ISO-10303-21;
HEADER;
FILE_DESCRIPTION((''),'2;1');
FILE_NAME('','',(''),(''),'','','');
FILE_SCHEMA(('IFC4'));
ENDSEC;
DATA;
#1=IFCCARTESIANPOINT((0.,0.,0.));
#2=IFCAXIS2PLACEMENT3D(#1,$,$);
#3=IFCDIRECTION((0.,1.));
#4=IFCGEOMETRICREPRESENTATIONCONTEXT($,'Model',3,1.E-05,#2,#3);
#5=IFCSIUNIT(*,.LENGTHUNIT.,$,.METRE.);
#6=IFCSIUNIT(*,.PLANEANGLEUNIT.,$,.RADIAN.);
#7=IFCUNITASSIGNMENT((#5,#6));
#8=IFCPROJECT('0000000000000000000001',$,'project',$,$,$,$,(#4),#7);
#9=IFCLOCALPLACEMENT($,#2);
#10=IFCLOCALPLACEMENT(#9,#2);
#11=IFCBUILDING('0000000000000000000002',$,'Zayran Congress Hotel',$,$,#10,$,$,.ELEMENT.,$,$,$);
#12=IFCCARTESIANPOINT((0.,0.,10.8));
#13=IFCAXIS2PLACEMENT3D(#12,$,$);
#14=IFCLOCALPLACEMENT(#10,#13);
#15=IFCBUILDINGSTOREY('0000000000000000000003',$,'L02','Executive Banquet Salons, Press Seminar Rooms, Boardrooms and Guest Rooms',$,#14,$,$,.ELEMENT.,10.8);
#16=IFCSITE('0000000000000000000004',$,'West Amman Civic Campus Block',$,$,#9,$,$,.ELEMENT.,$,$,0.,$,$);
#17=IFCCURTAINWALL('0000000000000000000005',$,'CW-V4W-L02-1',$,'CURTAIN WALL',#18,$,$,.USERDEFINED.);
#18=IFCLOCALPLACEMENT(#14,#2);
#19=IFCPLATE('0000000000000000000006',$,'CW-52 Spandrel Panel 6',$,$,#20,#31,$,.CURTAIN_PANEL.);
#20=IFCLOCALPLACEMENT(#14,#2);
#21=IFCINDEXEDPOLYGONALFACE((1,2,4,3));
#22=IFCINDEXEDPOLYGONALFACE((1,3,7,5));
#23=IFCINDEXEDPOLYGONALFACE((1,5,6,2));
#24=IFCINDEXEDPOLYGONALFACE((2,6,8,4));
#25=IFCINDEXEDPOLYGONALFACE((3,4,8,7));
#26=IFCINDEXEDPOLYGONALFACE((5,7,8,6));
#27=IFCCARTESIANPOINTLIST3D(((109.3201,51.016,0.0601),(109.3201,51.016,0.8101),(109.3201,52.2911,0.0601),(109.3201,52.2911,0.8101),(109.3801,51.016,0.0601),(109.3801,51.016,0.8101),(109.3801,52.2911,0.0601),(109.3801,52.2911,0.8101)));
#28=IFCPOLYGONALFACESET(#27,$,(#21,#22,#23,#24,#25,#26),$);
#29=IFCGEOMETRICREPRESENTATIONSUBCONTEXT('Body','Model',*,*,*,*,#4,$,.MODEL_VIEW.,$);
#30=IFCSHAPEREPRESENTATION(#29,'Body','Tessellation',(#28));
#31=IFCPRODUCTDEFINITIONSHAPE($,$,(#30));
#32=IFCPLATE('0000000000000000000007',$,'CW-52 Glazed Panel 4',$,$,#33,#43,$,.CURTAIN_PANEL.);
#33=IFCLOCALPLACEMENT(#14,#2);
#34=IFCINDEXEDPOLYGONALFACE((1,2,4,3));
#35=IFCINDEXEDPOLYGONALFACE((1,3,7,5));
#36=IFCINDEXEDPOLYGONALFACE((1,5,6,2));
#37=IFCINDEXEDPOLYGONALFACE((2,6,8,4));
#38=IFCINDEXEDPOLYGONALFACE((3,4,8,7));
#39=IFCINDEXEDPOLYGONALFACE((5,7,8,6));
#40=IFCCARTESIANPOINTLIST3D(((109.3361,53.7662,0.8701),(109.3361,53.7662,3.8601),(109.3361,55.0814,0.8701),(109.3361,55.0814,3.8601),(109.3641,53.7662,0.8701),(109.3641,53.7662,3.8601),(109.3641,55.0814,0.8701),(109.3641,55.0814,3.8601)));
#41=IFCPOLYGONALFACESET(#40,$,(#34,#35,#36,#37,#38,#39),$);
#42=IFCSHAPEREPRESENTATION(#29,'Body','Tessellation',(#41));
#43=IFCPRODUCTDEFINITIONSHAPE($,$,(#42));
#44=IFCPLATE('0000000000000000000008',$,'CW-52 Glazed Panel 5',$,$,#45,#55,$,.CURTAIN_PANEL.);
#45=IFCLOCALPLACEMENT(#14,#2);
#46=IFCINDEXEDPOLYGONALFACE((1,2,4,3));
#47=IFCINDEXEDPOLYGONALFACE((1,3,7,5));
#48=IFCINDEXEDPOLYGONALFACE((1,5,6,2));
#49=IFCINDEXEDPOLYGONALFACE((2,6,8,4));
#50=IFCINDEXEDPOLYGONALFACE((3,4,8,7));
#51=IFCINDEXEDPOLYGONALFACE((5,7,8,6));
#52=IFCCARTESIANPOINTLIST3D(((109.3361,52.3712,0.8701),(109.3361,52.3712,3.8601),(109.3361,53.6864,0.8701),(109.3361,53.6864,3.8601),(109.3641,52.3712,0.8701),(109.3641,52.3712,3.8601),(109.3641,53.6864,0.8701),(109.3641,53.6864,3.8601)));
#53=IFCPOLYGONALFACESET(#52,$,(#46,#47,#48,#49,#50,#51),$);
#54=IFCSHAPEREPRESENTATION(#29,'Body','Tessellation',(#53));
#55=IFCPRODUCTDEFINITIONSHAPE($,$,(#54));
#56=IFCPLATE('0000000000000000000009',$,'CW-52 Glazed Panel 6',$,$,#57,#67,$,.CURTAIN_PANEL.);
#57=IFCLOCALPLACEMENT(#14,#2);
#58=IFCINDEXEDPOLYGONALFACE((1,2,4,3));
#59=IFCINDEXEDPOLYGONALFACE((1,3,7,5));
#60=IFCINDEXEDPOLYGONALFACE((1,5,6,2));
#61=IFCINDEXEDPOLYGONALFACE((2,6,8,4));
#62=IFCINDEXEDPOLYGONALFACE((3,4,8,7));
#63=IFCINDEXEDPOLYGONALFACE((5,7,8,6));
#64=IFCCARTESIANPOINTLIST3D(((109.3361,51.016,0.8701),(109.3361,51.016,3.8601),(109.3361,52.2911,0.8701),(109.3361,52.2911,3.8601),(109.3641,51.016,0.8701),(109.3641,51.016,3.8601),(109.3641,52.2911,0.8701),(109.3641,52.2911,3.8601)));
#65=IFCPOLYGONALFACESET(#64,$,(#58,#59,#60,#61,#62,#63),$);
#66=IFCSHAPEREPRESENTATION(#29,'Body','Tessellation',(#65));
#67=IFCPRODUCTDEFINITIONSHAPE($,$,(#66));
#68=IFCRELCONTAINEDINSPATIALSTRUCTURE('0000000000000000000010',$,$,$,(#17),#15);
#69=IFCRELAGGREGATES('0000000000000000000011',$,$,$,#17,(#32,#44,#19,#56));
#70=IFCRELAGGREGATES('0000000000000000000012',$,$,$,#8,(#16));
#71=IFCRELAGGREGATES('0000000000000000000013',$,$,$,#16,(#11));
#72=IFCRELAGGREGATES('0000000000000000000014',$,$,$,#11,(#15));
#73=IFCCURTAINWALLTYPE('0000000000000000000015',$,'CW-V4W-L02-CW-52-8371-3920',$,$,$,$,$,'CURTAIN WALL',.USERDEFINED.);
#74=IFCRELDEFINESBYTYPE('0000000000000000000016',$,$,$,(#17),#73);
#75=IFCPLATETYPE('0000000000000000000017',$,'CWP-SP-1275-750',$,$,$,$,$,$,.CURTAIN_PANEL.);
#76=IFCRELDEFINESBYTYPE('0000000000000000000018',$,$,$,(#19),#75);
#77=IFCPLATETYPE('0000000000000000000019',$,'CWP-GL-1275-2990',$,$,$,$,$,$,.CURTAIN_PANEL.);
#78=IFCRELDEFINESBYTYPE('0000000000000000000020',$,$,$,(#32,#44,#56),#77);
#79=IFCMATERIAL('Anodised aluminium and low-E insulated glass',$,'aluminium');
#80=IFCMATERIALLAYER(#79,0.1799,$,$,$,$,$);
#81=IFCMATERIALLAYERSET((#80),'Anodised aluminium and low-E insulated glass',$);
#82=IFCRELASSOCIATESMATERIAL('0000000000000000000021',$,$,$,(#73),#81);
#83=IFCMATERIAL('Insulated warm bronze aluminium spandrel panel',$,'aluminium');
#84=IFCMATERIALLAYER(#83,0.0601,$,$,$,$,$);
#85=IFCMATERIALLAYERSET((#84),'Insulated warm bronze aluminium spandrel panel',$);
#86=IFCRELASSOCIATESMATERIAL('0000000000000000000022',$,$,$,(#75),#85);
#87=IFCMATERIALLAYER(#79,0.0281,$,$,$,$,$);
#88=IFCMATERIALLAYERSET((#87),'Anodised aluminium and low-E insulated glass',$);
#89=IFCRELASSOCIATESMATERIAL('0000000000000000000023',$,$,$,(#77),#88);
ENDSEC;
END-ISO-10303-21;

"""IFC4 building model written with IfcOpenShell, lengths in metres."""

from ifc_helpers import new_model, si_unit, direction, frame, origin, origin_2d, place, context, subcontext, project, spatial, rectangle, extrude, material, layer, layer_set, type_object, element, aggregate, save


model = new_model("IFC4")

# Units and contexts
model_context = context("Model", 3, precision=1e-05, world=origin(), true_north=direction((0.0, 1.0)))
body_context = subcontext(model_context, "Body", "Model", "MODEL_VIEW")
ifc_project = project(units=[si_unit("LENGTHUNIT", "METRE"), si_unit("PLANEANGLEUNIT", "RADIAN")], contexts=[model_context])

# Site, building, storey
site_placement = place(None, origin())
site = spatial("IfcSite", under=ifc_project, at=site_placement, Name="West Amman Civic Campus Block", CompositionType="ELEMENT", RefElevation=0.0)
building_placement = place(site_placement, origin())
building = spatial("IfcBuilding", under=site, at=building_placement, Name="Zayran Congress Hotel", CompositionType="ELEMENT")
storey_placement = place(building_placement, frame((0.0, 0.0, 10.8)))
storey = spatial("IfcBuildingStorey", under=building, at=storey_placement, Name="L02", Description="Executive Banquet Salons, Press Seminar Rooms, Boardrooms and Guest Rooms", CompositionType="ELEMENT", Elevation=10.8)

# Shared definitions
ifc_material_1 = material(Name="Anodised aluminium and low-E insulated glass", Category="aluminium")

# Curtain wall
ifc_layer_1 = layer(ifc_material_1, 0.1799)
ifc_layer_set_1 = layer_set([ifc_layer_1], Name="Anodised aluminium and low-E insulated glass")
curtain_wall_type_1 = type_object("IfcCurtainWallType", Name="CW-V4W-L02-CW-52-8371-3920", ElementType="CURTAIN WALL", PredefinedType="USERDEFINED", material=ifc_layer_set_1)
curtain_wall_1_placement = place(storey_placement, origin())
curtain_wall_1 = element("IfcCurtainWall", 1, at=curtain_wall_1_placement, inside=storey, type_object=curtain_wall_type_1, Name="CW-V4W-L02-1", ObjectType="CURTAIN WALL", PredefinedType="USERDEFINED")

# Plates
ifc_material_2 = material(Name="Insulated warm bronze aluminium spandrel panel", Category="aluminium")
ifc_layer_2 = layer(ifc_material_2, 0.0601)
ifc_layer_set_2 = layer_set([ifc_layer_2], Name="Insulated warm bronze aluminium spandrel panel")
plate_type_1 = type_object("IfcPlateType", Name="CWP-SP-1275-750", PredefinedType="CURTAIN_PANEL", material=ifc_layer_set_2)
plate_1_placement = place(storey_placement, frame((109.3501, 51.6536, 0.0601), z_axis=(0.0, 0.0, 1.0), x_axis=(0.0, 1.0, 0.0)))
plate_1 = element("IfcPlate", 2, at=plate_1_placement, type_object=plate_type_1, Name="CW-52 Spandrel Panel 6", PredefinedType="CURTAIN_PANEL", context=body_context, shape_type="SweptSolid", body=[
    extrude(rectangle(XDim=1.2751, YDim=0.0601, at=origin_2d()), origin(), (0.0, 0.0, 1.0), 0.75),
])
ifc_layer_3 = layer(ifc_material_1, 0.0281)
ifc_layer_set_3 = layer_set([ifc_layer_3], Name="Anodised aluminium and low-E insulated glass")
plate_type_2 = type_object("IfcPlateType", Name="CWP-GL-1275-2990", PredefinedType="CURTAIN_PANEL", material=ifc_layer_set_3)
plate_2_placement = place(storey_placement, frame((109.3501, 54.4238, 0.8701), z_axis=(0.0, 0.0, 1.0), x_axis=(0.0, 1.0, 0.0)))
plate_2 = element("IfcPlate", 3, at=plate_2_placement, type_object=plate_type_2, Name="CW-52 Glazed Panel 4", PredefinedType="CURTAIN_PANEL", context=body_context, shape_type="SweptSolid", body=[
    extrude(rectangle(XDim=1.3152, YDim=0.0281, at=origin_2d()), origin(), (0.0, 0.0, 1.0), 2.99),
])
plate_3_placement = place(storey_placement, frame((109.3501, 53.0288, 0.8701), z_axis=(0.0, 0.0, 1.0), x_axis=(0.0, 1.0, 0.0)))
plate_3 = element("IfcPlate", 4, at=plate_3_placement, type_object=plate_type_2, Name="CW-52 Glazed Panel 5", PredefinedType="CURTAIN_PANEL", context=body_context, shape_type="SweptSolid", body=[
    extrude(rectangle(XDim=1.3152, YDim=0.0281, at=origin_2d()), origin(), (0.0, 0.0, 1.0), 2.99),
])
plate_4_placement = place(storey_placement, frame((109.3501, 51.6536, 0.8701), z_axis=(0.0, 0.0, 1.0), x_axis=(0.0, 1.0, 0.0)))
plate_4 = element("IfcPlate", 5, at=plate_4_placement, type_object=plate_type_2, Name="CW-52 Glazed Panel 6", PredefinedType="CURTAIN_PANEL", context=body_context, shape_type="SweptSolid", body=[
    extrude(rectangle(XDim=1.2751, YDim=0.0281, at=origin_2d()), origin(), (0.0, 0.0, 1.0), 2.99),
])
aggregate(curtain_wall_1, [plate_2, plate_3, plate_1, plate_4])

save(model, "model.ifc")
